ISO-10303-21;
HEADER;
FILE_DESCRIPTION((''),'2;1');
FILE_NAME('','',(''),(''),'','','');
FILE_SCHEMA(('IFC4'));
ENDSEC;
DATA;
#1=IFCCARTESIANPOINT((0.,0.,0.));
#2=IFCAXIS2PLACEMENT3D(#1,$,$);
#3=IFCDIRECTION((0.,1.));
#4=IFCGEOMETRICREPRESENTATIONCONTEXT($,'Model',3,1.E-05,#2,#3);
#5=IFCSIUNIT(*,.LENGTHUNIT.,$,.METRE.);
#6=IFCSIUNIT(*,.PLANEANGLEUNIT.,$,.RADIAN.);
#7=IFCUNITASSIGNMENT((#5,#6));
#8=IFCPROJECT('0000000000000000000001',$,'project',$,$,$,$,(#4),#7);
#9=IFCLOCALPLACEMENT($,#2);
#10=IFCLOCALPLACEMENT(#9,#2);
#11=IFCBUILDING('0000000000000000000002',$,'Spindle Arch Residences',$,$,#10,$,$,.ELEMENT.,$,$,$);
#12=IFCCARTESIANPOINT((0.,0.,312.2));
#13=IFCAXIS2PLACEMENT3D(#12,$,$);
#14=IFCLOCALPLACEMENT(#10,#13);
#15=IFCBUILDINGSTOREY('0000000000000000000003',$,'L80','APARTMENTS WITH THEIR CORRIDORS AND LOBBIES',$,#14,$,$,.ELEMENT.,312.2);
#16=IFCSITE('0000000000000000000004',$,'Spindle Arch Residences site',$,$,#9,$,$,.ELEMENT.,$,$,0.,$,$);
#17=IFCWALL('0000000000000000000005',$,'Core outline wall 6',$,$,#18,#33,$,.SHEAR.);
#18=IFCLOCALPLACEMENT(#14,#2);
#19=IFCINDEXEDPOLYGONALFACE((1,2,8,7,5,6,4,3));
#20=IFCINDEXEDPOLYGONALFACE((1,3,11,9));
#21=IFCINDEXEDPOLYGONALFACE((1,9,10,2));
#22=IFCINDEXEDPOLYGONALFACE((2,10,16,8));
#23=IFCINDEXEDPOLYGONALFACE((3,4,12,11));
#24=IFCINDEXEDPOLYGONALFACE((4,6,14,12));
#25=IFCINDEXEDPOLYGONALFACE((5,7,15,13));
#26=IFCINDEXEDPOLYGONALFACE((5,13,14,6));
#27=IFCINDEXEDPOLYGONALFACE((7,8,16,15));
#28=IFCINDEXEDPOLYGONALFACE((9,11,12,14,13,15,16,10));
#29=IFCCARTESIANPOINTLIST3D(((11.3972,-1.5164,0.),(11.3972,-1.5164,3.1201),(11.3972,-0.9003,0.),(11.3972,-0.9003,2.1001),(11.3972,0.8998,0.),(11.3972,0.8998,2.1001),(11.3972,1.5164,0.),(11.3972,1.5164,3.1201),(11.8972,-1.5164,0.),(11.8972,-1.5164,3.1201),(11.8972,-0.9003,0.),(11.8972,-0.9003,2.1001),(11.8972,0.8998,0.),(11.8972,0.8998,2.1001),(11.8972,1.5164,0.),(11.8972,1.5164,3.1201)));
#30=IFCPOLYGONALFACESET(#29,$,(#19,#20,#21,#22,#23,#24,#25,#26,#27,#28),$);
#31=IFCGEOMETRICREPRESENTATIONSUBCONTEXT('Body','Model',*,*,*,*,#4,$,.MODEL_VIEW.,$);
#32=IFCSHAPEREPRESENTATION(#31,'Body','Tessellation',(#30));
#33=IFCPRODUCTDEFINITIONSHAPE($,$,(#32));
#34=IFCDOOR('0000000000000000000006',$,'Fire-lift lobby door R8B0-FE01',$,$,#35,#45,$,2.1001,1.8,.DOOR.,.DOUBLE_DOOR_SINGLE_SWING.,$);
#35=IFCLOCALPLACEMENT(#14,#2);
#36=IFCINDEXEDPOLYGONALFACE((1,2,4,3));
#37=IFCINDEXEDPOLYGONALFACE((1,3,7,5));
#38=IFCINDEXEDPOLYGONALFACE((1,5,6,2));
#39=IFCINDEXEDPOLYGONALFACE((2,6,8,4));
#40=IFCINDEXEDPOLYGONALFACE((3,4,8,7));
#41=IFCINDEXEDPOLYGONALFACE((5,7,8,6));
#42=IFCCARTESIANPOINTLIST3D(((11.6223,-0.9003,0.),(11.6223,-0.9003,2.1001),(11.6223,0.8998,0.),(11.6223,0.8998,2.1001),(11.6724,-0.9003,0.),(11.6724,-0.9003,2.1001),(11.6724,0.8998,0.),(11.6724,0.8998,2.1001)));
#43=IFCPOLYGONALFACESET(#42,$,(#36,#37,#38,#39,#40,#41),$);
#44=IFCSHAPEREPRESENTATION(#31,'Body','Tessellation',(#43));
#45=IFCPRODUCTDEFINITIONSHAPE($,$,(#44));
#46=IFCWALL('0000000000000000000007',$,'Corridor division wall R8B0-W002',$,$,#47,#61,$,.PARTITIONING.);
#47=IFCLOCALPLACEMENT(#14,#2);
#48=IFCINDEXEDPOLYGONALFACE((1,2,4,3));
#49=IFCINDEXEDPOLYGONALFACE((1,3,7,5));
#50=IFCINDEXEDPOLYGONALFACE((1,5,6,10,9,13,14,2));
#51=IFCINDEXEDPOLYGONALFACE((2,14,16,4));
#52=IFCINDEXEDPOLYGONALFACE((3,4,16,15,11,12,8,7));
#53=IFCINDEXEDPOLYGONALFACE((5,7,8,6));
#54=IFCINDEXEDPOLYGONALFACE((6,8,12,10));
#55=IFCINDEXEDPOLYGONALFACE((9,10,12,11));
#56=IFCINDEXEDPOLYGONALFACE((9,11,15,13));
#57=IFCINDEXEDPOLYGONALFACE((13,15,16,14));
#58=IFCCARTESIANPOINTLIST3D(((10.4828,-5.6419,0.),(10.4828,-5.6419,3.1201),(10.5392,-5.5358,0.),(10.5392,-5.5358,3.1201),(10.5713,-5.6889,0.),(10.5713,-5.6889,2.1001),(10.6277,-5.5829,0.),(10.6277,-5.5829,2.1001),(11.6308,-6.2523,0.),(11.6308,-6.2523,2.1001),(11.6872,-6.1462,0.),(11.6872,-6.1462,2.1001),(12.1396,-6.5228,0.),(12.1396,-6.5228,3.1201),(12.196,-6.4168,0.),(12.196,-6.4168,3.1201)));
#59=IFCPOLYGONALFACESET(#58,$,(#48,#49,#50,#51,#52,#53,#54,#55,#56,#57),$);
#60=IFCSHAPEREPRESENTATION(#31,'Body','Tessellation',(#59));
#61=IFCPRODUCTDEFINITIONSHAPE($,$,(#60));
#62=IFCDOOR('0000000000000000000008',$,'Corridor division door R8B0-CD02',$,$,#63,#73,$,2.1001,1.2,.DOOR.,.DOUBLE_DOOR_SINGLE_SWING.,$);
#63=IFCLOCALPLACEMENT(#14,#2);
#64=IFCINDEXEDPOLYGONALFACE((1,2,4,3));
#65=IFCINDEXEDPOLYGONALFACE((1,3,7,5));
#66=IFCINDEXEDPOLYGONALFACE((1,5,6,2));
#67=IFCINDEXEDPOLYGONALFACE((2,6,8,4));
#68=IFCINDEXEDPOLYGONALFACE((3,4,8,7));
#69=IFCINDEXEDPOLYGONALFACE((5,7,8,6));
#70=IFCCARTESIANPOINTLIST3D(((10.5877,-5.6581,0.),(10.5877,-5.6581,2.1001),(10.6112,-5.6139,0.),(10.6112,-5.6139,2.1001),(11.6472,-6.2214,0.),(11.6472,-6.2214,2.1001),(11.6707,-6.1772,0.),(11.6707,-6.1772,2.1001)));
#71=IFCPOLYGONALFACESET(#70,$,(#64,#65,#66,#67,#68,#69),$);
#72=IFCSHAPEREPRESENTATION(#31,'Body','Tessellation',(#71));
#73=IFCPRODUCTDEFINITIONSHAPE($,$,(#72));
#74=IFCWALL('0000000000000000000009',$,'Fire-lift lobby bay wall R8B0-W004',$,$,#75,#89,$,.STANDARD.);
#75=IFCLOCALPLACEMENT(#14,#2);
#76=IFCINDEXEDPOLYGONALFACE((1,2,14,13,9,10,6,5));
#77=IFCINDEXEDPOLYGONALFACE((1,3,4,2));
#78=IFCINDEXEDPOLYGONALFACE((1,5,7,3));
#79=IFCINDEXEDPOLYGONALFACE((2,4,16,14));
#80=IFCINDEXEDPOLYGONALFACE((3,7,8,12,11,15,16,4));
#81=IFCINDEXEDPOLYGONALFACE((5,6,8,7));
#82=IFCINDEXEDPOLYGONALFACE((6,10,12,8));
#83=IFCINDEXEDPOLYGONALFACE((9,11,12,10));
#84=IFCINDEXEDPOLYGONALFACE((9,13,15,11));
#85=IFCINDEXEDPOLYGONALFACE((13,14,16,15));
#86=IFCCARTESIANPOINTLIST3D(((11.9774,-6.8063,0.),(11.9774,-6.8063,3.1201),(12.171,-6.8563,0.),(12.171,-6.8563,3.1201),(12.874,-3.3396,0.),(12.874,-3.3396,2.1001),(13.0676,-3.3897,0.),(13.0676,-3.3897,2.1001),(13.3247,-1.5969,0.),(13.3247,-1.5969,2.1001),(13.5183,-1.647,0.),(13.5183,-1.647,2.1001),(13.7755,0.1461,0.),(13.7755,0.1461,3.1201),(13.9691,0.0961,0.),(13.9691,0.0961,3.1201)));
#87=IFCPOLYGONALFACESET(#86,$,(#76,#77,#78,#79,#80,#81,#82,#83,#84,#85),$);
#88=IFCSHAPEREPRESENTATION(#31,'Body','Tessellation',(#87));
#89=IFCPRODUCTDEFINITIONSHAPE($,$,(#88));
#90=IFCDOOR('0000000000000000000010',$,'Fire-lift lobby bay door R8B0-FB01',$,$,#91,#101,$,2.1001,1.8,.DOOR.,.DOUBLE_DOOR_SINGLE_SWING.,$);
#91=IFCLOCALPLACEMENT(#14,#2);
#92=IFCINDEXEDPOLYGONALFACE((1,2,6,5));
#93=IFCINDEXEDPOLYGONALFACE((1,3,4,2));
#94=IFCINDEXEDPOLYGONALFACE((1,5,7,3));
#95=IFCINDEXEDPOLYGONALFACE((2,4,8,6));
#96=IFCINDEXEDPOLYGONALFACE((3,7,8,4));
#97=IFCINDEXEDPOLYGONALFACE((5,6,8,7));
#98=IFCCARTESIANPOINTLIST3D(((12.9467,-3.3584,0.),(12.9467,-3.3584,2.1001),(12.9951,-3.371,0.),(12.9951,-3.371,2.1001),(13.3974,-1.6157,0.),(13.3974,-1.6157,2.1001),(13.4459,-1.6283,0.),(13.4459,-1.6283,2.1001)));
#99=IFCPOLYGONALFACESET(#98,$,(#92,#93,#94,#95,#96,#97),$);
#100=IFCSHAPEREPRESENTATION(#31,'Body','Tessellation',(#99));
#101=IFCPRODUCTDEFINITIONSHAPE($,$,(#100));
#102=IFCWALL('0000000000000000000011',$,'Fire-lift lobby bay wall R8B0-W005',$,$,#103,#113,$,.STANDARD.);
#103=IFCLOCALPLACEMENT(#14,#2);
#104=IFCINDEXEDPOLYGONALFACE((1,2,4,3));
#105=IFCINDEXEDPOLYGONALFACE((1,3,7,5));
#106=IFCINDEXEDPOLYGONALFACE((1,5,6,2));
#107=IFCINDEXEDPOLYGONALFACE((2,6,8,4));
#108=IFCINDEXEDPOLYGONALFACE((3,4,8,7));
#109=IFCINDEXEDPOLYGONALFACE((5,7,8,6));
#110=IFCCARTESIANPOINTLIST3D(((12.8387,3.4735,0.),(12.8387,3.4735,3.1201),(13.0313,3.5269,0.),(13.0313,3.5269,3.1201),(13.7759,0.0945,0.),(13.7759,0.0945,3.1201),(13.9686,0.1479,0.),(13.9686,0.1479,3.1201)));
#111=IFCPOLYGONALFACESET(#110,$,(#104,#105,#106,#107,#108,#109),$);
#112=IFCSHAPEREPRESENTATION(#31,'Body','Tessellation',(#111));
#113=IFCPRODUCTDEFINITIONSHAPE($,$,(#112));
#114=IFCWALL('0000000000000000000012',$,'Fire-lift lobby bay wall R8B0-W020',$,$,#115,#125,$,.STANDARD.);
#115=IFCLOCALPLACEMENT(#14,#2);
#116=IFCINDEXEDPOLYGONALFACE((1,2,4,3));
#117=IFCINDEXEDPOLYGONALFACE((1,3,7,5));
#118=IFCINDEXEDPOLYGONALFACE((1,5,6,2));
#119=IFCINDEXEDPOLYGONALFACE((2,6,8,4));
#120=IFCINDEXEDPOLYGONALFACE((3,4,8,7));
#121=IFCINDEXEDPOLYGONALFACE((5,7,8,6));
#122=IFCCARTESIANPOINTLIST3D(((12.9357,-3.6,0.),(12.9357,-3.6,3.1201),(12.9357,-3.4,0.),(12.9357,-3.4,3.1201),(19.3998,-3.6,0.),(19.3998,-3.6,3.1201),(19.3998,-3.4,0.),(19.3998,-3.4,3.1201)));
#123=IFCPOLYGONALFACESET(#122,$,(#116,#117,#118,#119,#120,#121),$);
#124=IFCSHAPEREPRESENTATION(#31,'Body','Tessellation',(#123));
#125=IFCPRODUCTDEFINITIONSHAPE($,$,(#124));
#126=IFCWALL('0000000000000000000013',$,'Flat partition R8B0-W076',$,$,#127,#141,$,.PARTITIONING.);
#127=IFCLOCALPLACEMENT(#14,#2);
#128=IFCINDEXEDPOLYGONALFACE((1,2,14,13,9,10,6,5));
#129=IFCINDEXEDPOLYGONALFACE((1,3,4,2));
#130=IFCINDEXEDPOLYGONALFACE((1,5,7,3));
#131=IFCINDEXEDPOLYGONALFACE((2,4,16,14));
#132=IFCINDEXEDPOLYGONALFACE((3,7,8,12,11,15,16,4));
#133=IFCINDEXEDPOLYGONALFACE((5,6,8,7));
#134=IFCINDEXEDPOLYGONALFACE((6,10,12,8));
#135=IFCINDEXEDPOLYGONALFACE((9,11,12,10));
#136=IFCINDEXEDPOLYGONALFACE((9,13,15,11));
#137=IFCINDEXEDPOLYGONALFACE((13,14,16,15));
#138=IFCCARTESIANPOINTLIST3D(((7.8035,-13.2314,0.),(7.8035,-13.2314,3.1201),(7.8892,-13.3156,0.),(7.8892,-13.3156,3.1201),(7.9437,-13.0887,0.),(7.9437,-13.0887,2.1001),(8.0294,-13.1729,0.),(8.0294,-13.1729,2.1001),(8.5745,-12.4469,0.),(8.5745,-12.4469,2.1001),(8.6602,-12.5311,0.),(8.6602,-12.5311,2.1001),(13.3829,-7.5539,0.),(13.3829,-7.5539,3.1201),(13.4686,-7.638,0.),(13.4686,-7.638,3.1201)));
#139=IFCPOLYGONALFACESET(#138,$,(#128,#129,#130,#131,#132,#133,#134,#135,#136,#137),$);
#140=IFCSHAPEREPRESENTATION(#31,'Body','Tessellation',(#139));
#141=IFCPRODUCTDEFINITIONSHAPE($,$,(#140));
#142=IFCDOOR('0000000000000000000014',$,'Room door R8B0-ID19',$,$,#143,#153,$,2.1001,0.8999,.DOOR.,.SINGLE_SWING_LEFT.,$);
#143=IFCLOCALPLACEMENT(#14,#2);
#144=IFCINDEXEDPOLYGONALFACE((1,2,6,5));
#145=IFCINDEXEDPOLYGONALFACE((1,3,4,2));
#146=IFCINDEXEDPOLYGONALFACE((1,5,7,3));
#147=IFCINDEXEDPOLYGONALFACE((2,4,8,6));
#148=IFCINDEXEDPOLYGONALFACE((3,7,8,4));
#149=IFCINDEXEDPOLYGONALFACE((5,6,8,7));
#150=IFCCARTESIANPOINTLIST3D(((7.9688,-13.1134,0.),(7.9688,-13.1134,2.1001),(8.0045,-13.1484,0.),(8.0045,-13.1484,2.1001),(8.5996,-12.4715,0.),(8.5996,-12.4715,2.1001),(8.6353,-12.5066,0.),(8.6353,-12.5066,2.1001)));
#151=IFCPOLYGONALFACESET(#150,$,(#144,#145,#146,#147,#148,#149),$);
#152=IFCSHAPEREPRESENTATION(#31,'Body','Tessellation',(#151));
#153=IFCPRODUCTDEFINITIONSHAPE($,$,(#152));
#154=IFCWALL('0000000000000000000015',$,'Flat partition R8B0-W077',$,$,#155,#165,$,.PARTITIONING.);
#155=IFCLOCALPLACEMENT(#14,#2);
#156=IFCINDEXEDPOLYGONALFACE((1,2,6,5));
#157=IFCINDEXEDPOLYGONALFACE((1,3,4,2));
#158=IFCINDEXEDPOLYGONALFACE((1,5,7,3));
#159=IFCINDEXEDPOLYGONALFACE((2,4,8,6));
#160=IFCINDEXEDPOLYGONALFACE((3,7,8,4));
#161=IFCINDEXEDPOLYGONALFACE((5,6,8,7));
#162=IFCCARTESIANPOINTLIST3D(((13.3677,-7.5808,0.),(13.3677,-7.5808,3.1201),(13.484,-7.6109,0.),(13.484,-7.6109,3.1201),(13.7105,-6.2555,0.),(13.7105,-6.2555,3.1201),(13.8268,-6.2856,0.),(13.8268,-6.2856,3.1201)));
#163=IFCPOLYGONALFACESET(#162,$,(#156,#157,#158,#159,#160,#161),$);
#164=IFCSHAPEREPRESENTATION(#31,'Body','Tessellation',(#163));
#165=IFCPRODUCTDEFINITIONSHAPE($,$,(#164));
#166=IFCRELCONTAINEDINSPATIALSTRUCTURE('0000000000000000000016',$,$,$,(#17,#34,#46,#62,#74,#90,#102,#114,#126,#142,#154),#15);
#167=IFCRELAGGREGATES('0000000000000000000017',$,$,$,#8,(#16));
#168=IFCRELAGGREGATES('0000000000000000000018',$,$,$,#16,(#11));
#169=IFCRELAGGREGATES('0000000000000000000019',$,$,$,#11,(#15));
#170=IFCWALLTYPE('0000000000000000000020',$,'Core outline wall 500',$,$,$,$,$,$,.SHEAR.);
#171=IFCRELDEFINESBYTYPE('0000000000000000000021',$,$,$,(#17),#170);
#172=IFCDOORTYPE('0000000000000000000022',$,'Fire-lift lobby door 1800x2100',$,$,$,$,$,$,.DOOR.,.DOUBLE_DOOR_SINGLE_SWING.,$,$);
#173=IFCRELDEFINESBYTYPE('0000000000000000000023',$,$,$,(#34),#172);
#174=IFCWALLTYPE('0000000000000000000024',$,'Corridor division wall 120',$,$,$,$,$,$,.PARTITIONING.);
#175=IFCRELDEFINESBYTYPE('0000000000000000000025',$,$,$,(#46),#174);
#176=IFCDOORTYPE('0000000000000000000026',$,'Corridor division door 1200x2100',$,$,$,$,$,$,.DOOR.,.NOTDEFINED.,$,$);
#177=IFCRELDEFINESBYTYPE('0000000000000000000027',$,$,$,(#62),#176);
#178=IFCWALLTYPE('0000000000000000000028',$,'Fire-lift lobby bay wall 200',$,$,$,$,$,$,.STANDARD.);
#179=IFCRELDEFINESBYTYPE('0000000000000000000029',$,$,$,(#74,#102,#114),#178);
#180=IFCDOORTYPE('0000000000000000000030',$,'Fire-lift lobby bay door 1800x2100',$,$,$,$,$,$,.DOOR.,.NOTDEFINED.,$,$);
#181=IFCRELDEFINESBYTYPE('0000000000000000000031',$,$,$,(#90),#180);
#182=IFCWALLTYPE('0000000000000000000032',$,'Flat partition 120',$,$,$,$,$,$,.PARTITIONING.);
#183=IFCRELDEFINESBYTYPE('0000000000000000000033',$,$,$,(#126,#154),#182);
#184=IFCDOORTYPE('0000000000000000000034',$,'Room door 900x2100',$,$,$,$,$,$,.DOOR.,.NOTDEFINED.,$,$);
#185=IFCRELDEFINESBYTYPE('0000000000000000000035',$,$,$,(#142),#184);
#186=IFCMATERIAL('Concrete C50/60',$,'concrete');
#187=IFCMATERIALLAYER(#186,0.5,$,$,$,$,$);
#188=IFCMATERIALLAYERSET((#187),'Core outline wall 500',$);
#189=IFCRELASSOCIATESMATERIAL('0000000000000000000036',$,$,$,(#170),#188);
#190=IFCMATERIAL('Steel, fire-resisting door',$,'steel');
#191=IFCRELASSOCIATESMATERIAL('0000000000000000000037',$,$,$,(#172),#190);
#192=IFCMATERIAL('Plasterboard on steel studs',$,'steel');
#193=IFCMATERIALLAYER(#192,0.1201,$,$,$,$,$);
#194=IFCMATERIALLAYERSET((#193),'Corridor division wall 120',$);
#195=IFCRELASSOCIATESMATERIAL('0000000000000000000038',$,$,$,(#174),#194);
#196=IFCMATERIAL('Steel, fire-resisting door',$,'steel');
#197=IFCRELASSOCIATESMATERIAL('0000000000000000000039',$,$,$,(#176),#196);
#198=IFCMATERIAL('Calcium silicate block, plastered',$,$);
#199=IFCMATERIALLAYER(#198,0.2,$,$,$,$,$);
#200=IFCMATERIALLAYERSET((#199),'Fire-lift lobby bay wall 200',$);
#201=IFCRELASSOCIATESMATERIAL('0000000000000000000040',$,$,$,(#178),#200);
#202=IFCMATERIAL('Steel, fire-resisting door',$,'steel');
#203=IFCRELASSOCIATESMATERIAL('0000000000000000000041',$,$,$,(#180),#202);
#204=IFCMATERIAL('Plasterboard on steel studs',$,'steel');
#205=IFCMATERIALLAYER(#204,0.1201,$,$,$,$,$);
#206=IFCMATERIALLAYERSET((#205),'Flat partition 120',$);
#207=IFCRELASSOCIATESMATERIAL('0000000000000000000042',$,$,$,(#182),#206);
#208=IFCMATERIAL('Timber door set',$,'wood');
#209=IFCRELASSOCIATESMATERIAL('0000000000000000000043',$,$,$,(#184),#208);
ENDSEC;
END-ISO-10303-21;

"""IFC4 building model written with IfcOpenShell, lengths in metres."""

from ifc_helpers import new_model, si_unit, direction, frame, frame_2d, origin, place, context, subcontext, project, spatial, rectangle, extrude, material, layer, layer_set, type_object, element, fill, save


model = new_model("IFC4")

# Units and contexts
model_context = context("Model", 3, precision=1e-05, world=origin(), true_north=direction((0.0, 1.0)))
body_context = subcontext(model_context, "Body", "Model", "MODEL_VIEW")
ifc_project = project(units=[si_unit("LENGTHUNIT", "METRE"), si_unit("PLANEANGLEUNIT", "RADIAN")], contexts=[model_context])

# Site, building, storey
site_placement = place(None, origin())
site = spatial("IfcSite", under=ifc_project, at=site_placement, Name="Spindle Arch Residences site", CompositionType="ELEMENT", RefElevation=0.0)
building_placement = place(site_placement, origin())
building = spatial("IfcBuilding", under=site, at=building_placement, Name="Spindle Arch Residences", CompositionType="ELEMENT")
storey_placement = place(building_placement, frame((0.0, 0.0, 312.2)))
storey = spatial("IfcBuildingStorey", under=building, at=storey_placement, Name="L80", Description="APARTMENTS WITH THEIR CORRIDORS AND LOBBIES", CompositionType="ELEMENT", Elevation=312.2)

# Shared definitions
ifc_material_1 = material(Name="Concrete C50/60", Category="concrete")
ifc_layer_1 = layer(ifc_material_1, 0.5)
ifc_layer_set_1 = layer_set([ifc_layer_1], Name="Core outline wall 500")
wall_type_1 = type_object("IfcWallType", Name="Core outline wall 500", PredefinedType="SHEAR", material=ifc_layer_set_1)

# Walls, openings, doors
wall_1_placement = place(storey_placement, frame((11.6472, -1.5164, 0.0), z_axis=(0.0, 0.0, 1.0), x_axis=(0.0, 1.0, 0.0)))
wall_1 = element("IfcWall", 1, at=wall_1_placement, inside=storey, type_object=wall_type_1, Name="Core outline wall 6", PredefinedType="SHEAR", context=body_context, shape_type="SweptSolid", body=[
    extrude(rectangle(XDim=3.0327, YDim=0.5, at=frame_2d((1.5164, 0.0))), origin(), (0.0, 0.0, 1.0), 3.1201),
])
opening_1_placement = place(wall_1_placement, frame((0.6162, 0.0, 0.0)))
opening_1 = element("IfcOpeningElement", 2, at=opening_1_placement, cuts=wall_1, PredefinedType="OPENING", context=body_context, shape_type="SweptSolid", body=[
    extrude(rectangle(XDim=1.8, YDim=2.1001, at=frame_2d((0.8999, 1.05))), frame((0.0, 0.26, 0.0), z_axis=(0.0, -1.0, 0.0), x_axis=(1.0, 0.0, 0.0)), (0.0, 0.0, 1.0), 0.52),
])
ifc_material_2 = material(Name="Steel, fire-resisting door", Category="steel")
door_type_1 = type_object("IfcDoorType", Name="Fire-lift lobby door 1800x2100", OperationType="DOUBLE_DOOR_SINGLE_SWING", PredefinedType="DOOR", material=ifc_material_2)
door_1_placement = place(opening_1_placement, origin())
door_1 = element("IfcDoor", 3, at=door_1_placement, inside=storey, type_object=door_type_1, Name="Fire-lift lobby door R8B0-FE01", OperationType="DOUBLE_DOOR_SINGLE_SWING", OverallHeight=2.1001, OverallWidth=1.8, PredefinedType="DOOR", context=body_context, shape_type="SweptSolid", body=[
    extrude(rectangle(XDim=1.8, YDim=2.1001, at=frame_2d((0.8999, 1.05))), frame((0.0, 0.0249, 0.0), z_axis=(0.0, -1.0, 0.0), x_axis=(1.0, 0.0, 0.0)), (0.0, 0.0, 1.0), 0.05),
])
fill(opening_1, door_1)
ifc_material_3 = material(Name="Plasterboard on steel studs", Category="steel")
ifc_layer_2 = layer(ifc_material_3, 0.1201)
ifc_layer_set_2 = layer_set([ifc_layer_2], Name="Corridor division wall 120")
wall_type_2 = type_object("IfcWallType", Name="Corridor division wall 120", PredefinedType="PARTITIONING", material=ifc_layer_set_2)
wall_2_placement = place(storey_placement, frame((10.511, -5.5889, 0.0), z_axis=(0.0, 0.0, 1.0), x_axis=(0.882957, -0.469453, 0.0)))
wall_2 = element("IfcWall", 4, at=wall_2_placement, inside=storey, type_object=wall_type_2, Name="Corridor division wall R8B0-W002", PredefinedType="PARTITIONING", context=body_context, shape_type="SweptSolid", body=[
    extrude(rectangle(XDim=1.8765, YDim=0.1201, at=frame_2d((0.9382, 0.0))), origin(), (0.0, 0.0, 1.0), 3.1201),
])
opening_2_placement = place(wall_2_placement, frame((0.1001, 0.0, 0.0)))
opening_2 = element("IfcOpeningElement", 5, at=opening_2_placement, cuts=wall_2, PredefinedType="OPENING", context=body_context, shape_type="SweptSolid", body=[
    extrude(rectangle(XDim=1.2, YDim=2.1001, at=frame_2d((0.6001, 1.05))), frame((0.0, 0.0701, 0.0), z_axis=(0.0, -1.0, 0.0), x_axis=(1.0, 0.0, 0.0)), (0.0, 0.0, 1.0), 0.1401),
])
ifc_material_4 = material(Name="Steel, fire-resisting door", Category="steel")
door_type_2 = type_object("IfcDoorType", Name="Corridor division door 1200x2100", OperationType="NOTDEFINED", PredefinedType="DOOR", material=ifc_material_4)
door_2_placement = place(opening_2_placement, origin())
door_2 = element("IfcDoor", 6, at=door_2_placement, inside=storey, type_object=door_type_2, Name="Corridor division door R8B0-CD02", OperationType="DOUBLE_DOOR_SINGLE_SWING", OverallHeight=2.1001, OverallWidth=1.2, PredefinedType="DOOR", context=body_context, shape_type="SweptSolid", body=[
    extrude(rectangle(XDim=1.2, YDim=2.1001, at=frame_2d((0.6001, 1.05))), frame((0.0, 0.0249, 0.0), z_axis=(0.0, -1.0, 0.0), x_axis=(1.0, 0.0, 0.0)), (0.0, 0.0, 1.0), 0.05),
])
fill(opening_2, door_2)
ifc_material_5 = material(Name="Calcium silicate block, plastered")
ifc_layer_3 = layer(ifc_material_5, 0.2)
ifc_layer_set_3 = layer_set([ifc_layer_3], Name="Fire-lift lobby bay wall 200")
wall_type_3 = type_object("IfcWallType", Name="Fire-lift lobby bay wall 200", PredefinedType="STANDARD", material=ifc_layer_set_3)
wall_3_placement = place(storey_placement, frame((12.0742, -6.8313, 0.0), z_axis=(0.0, 0.0, 1.0), x_axis=(0.250391, 0.968145, 0.0)))
wall_3 = element("IfcWall", 7, at=wall_3_placement, inside=storey, type_object=wall_type_3, Name="Fire-lift lobby bay wall R8B0-W004", PredefinedType="STANDARD", context=body_context, shape_type="SweptSolid", body=[
    extrude(rectangle(XDim=7.1812, YDim=0.2, at=frame_2d((3.5906, 0.0))), origin(), (0.0, 0.0, 1.0), 3.1201),
])
opening_3_placement = place(wall_3_placement, frame((3.5808, 0.0, 0.0)))
opening_3 = element("IfcOpeningElement", 8, at=opening_3_placement, cuts=wall_3, PredefinedType="OPENING", context=body_context, shape_type="SweptSolid", body=[
    extrude(rectangle(XDim=1.8, YDim=2.1001, at=frame_2d((0.8999, 1.05))), frame((0.0, 0.1099, 0.0), z_axis=(0.0, -1.0, 0.0), x_axis=(1.0, 0.0, 0.0)), (0.0, 0.0, 1.0), 0.22),
])
ifc_material_6 = material(Name="Steel, fire-resisting door", Category="steel")
door_type_3 = type_object("IfcDoorType", Name="Fire-lift lobby bay door 1800x2100", OperationType="NOTDEFINED", PredefinedType="DOOR", material=ifc_material_6)
door_3_placement = place(opening_3_placement, origin())
door_3 = element("IfcDoor", 9, at=door_3_placement, inside=storey, type_object=door_type_3, Name="Fire-lift lobby bay door R8B0-FB01", OperationType="DOUBLE_DOOR_SINGLE_SWING", OverallHeight=2.1001, OverallWidth=1.8, PredefinedType="DOOR", context=body_context, shape_type="SweptSolid", body=[
    extrude(rectangle(XDim=1.8, YDim=2.1001, at=frame_2d((0.8999, 1.05))), frame((0.0, 0.0249, 0.0), z_axis=(0.0, -1.0, 0.0), x_axis=(1.0, 0.0, 0.0)), (0.0, 0.0, 1.0), 0.05),
])
fill(opening_3, door_3)

# Walls
wall_4_placement = place(storey_placement, frame((13.8723, 0.1211, 0.0), z_axis=(0.0, 0.0, 1.0), x_axis=(-0.267292, 0.963616, 0.0)))
element("IfcWall", 10, at=wall_4_placement, inside=storey, type_object=wall_type_3, Name="Fire-lift lobby bay wall R8B0-W005", PredefinedType="STANDARD", context=body_context, shape_type="SweptSolid", body=[
    extrude(rectangle(XDim=3.5066, YDim=0.2, at=frame_2d((1.7534, 0.0))), origin(), (0.0, 0.0, 1.0), 3.1201),
])
wall_5_placement = place(storey_placement, frame((12.9358, -3.5, 0.0), z_axis=(0.0, 0.0, 1.0), x_axis=(1.0, 0.0, 0.0)))
element("IfcWall", 11, at=wall_5_placement, inside=storey, type_object=wall_type_3, Name="Fire-lift lobby bay wall R8B0-W020", PredefinedType="STANDARD", context=body_context, shape_type="SweptSolid", body=[
    extrude(rectangle(XDim=6.4641, YDim=0.2, at=frame_2d((3.2319, 0.0))), origin(), (0.0, 0.0, 1.0), 3.1201),
])

# Wall, opening, door
ifc_material_7 = material(Name="Plasterboard on steel studs", Category="steel")
ifc_layer_4 = layer(ifc_material_7, 0.1201)
ifc_layer_set_4 = layer_set([ifc_layer_4], Name="Flat partition 120")
wall_type_4 = type_object("IfcWallType", Name="Flat partition 120", PredefinedType="PARTITIONING", material=ifc_layer_set_4)
wall_6_placement = place(storey_placement, frame((7.8464, -13.2734, 0.0), z_axis=(0.0, 0.0, 1.0), x_axis=(0.700915, 0.713245, 0.0)))
wall_6 = element("IfcWall", 12, at=wall_6_placement, inside=storey, type_object=wall_type_4, Name="Flat partition R8B0-W076", PredefinedType="PARTITIONING", context=body_context, shape_type="SweptSolid", body=[
    extrude(rectangle(XDim=7.9602, YDim=0.1201, at=frame_2d((3.98, 0.0))), origin(), (0.0, 0.0, 1.0), 3.1201),
])
opening_4_placement = place(wall_6_placement, frame((0.2, 0.0, 0.0)))
opening_4 = element("IfcOpeningElement", 13, at=opening_4_placement, cuts=wall_6, PredefinedType="OPENING", context=body_context, shape_type="SweptSolid", body=[
    extrude(rectangle(XDim=0.8999, YDim=2.1001, at=frame_2d((0.45, 1.05))), frame((0.0, 0.0701, 0.0), z_axis=(0.0, -1.0, 0.0), x_axis=(1.0, 0.0, 0.0)), (0.0, 0.0, 1.0), 0.1401),
])
ifc_material_8 = material(Name="Timber door set", Category="wood")
door_type_4 = type_object("IfcDoorType", Name="Room door 900x2100", OperationType="NOTDEFINED", PredefinedType="DOOR", material=ifc_material_8)
door_4_placement = place(opening_4_placement, origin())
door_4 = element("IfcDoor", 14, at=door_4_placement, inside=storey, type_object=door_type_4, Name="Room door R8B0-ID19", OperationType="SINGLE_SWING_LEFT", OverallHeight=2.1001, OverallWidth=0.8999, PredefinedType="DOOR", context=body_context, shape_type="SweptSolid", body=[
    extrude(rectangle(XDim=0.8999, YDim=2.1001, at=frame_2d((0.45, 1.05))), frame((0.0, 0.0249, 0.0), z_axis=(0.0, -1.0, 0.0), x_axis=(1.0, 0.0, 0.0)), (0.0, 0.0, 1.0), 0.05),
])
fill(opening_4, door_4)

# Wall
wall_7_placement = place(storey_placement, frame((13.4258, -7.5959, 0.0), z_axis=(0.0, 0.0, 1.0), x_axis=(0.250417, 0.968138, 0.0)))
element("IfcWall", 15, at=wall_7_placement, inside=storey, type_object=wall_type_4, Name="Flat partition R8B0-W077", PredefinedType="PARTITIONING", context=body_context, shape_type="SweptSolid", body=[
    extrude(rectangle(XDim=1.3689, YDim=0.1201, at=frame_2d((0.6846, 0.0))), origin(), (0.0, 0.0, 1.0), 3.1201),
])

save(model, "model.ifc")
